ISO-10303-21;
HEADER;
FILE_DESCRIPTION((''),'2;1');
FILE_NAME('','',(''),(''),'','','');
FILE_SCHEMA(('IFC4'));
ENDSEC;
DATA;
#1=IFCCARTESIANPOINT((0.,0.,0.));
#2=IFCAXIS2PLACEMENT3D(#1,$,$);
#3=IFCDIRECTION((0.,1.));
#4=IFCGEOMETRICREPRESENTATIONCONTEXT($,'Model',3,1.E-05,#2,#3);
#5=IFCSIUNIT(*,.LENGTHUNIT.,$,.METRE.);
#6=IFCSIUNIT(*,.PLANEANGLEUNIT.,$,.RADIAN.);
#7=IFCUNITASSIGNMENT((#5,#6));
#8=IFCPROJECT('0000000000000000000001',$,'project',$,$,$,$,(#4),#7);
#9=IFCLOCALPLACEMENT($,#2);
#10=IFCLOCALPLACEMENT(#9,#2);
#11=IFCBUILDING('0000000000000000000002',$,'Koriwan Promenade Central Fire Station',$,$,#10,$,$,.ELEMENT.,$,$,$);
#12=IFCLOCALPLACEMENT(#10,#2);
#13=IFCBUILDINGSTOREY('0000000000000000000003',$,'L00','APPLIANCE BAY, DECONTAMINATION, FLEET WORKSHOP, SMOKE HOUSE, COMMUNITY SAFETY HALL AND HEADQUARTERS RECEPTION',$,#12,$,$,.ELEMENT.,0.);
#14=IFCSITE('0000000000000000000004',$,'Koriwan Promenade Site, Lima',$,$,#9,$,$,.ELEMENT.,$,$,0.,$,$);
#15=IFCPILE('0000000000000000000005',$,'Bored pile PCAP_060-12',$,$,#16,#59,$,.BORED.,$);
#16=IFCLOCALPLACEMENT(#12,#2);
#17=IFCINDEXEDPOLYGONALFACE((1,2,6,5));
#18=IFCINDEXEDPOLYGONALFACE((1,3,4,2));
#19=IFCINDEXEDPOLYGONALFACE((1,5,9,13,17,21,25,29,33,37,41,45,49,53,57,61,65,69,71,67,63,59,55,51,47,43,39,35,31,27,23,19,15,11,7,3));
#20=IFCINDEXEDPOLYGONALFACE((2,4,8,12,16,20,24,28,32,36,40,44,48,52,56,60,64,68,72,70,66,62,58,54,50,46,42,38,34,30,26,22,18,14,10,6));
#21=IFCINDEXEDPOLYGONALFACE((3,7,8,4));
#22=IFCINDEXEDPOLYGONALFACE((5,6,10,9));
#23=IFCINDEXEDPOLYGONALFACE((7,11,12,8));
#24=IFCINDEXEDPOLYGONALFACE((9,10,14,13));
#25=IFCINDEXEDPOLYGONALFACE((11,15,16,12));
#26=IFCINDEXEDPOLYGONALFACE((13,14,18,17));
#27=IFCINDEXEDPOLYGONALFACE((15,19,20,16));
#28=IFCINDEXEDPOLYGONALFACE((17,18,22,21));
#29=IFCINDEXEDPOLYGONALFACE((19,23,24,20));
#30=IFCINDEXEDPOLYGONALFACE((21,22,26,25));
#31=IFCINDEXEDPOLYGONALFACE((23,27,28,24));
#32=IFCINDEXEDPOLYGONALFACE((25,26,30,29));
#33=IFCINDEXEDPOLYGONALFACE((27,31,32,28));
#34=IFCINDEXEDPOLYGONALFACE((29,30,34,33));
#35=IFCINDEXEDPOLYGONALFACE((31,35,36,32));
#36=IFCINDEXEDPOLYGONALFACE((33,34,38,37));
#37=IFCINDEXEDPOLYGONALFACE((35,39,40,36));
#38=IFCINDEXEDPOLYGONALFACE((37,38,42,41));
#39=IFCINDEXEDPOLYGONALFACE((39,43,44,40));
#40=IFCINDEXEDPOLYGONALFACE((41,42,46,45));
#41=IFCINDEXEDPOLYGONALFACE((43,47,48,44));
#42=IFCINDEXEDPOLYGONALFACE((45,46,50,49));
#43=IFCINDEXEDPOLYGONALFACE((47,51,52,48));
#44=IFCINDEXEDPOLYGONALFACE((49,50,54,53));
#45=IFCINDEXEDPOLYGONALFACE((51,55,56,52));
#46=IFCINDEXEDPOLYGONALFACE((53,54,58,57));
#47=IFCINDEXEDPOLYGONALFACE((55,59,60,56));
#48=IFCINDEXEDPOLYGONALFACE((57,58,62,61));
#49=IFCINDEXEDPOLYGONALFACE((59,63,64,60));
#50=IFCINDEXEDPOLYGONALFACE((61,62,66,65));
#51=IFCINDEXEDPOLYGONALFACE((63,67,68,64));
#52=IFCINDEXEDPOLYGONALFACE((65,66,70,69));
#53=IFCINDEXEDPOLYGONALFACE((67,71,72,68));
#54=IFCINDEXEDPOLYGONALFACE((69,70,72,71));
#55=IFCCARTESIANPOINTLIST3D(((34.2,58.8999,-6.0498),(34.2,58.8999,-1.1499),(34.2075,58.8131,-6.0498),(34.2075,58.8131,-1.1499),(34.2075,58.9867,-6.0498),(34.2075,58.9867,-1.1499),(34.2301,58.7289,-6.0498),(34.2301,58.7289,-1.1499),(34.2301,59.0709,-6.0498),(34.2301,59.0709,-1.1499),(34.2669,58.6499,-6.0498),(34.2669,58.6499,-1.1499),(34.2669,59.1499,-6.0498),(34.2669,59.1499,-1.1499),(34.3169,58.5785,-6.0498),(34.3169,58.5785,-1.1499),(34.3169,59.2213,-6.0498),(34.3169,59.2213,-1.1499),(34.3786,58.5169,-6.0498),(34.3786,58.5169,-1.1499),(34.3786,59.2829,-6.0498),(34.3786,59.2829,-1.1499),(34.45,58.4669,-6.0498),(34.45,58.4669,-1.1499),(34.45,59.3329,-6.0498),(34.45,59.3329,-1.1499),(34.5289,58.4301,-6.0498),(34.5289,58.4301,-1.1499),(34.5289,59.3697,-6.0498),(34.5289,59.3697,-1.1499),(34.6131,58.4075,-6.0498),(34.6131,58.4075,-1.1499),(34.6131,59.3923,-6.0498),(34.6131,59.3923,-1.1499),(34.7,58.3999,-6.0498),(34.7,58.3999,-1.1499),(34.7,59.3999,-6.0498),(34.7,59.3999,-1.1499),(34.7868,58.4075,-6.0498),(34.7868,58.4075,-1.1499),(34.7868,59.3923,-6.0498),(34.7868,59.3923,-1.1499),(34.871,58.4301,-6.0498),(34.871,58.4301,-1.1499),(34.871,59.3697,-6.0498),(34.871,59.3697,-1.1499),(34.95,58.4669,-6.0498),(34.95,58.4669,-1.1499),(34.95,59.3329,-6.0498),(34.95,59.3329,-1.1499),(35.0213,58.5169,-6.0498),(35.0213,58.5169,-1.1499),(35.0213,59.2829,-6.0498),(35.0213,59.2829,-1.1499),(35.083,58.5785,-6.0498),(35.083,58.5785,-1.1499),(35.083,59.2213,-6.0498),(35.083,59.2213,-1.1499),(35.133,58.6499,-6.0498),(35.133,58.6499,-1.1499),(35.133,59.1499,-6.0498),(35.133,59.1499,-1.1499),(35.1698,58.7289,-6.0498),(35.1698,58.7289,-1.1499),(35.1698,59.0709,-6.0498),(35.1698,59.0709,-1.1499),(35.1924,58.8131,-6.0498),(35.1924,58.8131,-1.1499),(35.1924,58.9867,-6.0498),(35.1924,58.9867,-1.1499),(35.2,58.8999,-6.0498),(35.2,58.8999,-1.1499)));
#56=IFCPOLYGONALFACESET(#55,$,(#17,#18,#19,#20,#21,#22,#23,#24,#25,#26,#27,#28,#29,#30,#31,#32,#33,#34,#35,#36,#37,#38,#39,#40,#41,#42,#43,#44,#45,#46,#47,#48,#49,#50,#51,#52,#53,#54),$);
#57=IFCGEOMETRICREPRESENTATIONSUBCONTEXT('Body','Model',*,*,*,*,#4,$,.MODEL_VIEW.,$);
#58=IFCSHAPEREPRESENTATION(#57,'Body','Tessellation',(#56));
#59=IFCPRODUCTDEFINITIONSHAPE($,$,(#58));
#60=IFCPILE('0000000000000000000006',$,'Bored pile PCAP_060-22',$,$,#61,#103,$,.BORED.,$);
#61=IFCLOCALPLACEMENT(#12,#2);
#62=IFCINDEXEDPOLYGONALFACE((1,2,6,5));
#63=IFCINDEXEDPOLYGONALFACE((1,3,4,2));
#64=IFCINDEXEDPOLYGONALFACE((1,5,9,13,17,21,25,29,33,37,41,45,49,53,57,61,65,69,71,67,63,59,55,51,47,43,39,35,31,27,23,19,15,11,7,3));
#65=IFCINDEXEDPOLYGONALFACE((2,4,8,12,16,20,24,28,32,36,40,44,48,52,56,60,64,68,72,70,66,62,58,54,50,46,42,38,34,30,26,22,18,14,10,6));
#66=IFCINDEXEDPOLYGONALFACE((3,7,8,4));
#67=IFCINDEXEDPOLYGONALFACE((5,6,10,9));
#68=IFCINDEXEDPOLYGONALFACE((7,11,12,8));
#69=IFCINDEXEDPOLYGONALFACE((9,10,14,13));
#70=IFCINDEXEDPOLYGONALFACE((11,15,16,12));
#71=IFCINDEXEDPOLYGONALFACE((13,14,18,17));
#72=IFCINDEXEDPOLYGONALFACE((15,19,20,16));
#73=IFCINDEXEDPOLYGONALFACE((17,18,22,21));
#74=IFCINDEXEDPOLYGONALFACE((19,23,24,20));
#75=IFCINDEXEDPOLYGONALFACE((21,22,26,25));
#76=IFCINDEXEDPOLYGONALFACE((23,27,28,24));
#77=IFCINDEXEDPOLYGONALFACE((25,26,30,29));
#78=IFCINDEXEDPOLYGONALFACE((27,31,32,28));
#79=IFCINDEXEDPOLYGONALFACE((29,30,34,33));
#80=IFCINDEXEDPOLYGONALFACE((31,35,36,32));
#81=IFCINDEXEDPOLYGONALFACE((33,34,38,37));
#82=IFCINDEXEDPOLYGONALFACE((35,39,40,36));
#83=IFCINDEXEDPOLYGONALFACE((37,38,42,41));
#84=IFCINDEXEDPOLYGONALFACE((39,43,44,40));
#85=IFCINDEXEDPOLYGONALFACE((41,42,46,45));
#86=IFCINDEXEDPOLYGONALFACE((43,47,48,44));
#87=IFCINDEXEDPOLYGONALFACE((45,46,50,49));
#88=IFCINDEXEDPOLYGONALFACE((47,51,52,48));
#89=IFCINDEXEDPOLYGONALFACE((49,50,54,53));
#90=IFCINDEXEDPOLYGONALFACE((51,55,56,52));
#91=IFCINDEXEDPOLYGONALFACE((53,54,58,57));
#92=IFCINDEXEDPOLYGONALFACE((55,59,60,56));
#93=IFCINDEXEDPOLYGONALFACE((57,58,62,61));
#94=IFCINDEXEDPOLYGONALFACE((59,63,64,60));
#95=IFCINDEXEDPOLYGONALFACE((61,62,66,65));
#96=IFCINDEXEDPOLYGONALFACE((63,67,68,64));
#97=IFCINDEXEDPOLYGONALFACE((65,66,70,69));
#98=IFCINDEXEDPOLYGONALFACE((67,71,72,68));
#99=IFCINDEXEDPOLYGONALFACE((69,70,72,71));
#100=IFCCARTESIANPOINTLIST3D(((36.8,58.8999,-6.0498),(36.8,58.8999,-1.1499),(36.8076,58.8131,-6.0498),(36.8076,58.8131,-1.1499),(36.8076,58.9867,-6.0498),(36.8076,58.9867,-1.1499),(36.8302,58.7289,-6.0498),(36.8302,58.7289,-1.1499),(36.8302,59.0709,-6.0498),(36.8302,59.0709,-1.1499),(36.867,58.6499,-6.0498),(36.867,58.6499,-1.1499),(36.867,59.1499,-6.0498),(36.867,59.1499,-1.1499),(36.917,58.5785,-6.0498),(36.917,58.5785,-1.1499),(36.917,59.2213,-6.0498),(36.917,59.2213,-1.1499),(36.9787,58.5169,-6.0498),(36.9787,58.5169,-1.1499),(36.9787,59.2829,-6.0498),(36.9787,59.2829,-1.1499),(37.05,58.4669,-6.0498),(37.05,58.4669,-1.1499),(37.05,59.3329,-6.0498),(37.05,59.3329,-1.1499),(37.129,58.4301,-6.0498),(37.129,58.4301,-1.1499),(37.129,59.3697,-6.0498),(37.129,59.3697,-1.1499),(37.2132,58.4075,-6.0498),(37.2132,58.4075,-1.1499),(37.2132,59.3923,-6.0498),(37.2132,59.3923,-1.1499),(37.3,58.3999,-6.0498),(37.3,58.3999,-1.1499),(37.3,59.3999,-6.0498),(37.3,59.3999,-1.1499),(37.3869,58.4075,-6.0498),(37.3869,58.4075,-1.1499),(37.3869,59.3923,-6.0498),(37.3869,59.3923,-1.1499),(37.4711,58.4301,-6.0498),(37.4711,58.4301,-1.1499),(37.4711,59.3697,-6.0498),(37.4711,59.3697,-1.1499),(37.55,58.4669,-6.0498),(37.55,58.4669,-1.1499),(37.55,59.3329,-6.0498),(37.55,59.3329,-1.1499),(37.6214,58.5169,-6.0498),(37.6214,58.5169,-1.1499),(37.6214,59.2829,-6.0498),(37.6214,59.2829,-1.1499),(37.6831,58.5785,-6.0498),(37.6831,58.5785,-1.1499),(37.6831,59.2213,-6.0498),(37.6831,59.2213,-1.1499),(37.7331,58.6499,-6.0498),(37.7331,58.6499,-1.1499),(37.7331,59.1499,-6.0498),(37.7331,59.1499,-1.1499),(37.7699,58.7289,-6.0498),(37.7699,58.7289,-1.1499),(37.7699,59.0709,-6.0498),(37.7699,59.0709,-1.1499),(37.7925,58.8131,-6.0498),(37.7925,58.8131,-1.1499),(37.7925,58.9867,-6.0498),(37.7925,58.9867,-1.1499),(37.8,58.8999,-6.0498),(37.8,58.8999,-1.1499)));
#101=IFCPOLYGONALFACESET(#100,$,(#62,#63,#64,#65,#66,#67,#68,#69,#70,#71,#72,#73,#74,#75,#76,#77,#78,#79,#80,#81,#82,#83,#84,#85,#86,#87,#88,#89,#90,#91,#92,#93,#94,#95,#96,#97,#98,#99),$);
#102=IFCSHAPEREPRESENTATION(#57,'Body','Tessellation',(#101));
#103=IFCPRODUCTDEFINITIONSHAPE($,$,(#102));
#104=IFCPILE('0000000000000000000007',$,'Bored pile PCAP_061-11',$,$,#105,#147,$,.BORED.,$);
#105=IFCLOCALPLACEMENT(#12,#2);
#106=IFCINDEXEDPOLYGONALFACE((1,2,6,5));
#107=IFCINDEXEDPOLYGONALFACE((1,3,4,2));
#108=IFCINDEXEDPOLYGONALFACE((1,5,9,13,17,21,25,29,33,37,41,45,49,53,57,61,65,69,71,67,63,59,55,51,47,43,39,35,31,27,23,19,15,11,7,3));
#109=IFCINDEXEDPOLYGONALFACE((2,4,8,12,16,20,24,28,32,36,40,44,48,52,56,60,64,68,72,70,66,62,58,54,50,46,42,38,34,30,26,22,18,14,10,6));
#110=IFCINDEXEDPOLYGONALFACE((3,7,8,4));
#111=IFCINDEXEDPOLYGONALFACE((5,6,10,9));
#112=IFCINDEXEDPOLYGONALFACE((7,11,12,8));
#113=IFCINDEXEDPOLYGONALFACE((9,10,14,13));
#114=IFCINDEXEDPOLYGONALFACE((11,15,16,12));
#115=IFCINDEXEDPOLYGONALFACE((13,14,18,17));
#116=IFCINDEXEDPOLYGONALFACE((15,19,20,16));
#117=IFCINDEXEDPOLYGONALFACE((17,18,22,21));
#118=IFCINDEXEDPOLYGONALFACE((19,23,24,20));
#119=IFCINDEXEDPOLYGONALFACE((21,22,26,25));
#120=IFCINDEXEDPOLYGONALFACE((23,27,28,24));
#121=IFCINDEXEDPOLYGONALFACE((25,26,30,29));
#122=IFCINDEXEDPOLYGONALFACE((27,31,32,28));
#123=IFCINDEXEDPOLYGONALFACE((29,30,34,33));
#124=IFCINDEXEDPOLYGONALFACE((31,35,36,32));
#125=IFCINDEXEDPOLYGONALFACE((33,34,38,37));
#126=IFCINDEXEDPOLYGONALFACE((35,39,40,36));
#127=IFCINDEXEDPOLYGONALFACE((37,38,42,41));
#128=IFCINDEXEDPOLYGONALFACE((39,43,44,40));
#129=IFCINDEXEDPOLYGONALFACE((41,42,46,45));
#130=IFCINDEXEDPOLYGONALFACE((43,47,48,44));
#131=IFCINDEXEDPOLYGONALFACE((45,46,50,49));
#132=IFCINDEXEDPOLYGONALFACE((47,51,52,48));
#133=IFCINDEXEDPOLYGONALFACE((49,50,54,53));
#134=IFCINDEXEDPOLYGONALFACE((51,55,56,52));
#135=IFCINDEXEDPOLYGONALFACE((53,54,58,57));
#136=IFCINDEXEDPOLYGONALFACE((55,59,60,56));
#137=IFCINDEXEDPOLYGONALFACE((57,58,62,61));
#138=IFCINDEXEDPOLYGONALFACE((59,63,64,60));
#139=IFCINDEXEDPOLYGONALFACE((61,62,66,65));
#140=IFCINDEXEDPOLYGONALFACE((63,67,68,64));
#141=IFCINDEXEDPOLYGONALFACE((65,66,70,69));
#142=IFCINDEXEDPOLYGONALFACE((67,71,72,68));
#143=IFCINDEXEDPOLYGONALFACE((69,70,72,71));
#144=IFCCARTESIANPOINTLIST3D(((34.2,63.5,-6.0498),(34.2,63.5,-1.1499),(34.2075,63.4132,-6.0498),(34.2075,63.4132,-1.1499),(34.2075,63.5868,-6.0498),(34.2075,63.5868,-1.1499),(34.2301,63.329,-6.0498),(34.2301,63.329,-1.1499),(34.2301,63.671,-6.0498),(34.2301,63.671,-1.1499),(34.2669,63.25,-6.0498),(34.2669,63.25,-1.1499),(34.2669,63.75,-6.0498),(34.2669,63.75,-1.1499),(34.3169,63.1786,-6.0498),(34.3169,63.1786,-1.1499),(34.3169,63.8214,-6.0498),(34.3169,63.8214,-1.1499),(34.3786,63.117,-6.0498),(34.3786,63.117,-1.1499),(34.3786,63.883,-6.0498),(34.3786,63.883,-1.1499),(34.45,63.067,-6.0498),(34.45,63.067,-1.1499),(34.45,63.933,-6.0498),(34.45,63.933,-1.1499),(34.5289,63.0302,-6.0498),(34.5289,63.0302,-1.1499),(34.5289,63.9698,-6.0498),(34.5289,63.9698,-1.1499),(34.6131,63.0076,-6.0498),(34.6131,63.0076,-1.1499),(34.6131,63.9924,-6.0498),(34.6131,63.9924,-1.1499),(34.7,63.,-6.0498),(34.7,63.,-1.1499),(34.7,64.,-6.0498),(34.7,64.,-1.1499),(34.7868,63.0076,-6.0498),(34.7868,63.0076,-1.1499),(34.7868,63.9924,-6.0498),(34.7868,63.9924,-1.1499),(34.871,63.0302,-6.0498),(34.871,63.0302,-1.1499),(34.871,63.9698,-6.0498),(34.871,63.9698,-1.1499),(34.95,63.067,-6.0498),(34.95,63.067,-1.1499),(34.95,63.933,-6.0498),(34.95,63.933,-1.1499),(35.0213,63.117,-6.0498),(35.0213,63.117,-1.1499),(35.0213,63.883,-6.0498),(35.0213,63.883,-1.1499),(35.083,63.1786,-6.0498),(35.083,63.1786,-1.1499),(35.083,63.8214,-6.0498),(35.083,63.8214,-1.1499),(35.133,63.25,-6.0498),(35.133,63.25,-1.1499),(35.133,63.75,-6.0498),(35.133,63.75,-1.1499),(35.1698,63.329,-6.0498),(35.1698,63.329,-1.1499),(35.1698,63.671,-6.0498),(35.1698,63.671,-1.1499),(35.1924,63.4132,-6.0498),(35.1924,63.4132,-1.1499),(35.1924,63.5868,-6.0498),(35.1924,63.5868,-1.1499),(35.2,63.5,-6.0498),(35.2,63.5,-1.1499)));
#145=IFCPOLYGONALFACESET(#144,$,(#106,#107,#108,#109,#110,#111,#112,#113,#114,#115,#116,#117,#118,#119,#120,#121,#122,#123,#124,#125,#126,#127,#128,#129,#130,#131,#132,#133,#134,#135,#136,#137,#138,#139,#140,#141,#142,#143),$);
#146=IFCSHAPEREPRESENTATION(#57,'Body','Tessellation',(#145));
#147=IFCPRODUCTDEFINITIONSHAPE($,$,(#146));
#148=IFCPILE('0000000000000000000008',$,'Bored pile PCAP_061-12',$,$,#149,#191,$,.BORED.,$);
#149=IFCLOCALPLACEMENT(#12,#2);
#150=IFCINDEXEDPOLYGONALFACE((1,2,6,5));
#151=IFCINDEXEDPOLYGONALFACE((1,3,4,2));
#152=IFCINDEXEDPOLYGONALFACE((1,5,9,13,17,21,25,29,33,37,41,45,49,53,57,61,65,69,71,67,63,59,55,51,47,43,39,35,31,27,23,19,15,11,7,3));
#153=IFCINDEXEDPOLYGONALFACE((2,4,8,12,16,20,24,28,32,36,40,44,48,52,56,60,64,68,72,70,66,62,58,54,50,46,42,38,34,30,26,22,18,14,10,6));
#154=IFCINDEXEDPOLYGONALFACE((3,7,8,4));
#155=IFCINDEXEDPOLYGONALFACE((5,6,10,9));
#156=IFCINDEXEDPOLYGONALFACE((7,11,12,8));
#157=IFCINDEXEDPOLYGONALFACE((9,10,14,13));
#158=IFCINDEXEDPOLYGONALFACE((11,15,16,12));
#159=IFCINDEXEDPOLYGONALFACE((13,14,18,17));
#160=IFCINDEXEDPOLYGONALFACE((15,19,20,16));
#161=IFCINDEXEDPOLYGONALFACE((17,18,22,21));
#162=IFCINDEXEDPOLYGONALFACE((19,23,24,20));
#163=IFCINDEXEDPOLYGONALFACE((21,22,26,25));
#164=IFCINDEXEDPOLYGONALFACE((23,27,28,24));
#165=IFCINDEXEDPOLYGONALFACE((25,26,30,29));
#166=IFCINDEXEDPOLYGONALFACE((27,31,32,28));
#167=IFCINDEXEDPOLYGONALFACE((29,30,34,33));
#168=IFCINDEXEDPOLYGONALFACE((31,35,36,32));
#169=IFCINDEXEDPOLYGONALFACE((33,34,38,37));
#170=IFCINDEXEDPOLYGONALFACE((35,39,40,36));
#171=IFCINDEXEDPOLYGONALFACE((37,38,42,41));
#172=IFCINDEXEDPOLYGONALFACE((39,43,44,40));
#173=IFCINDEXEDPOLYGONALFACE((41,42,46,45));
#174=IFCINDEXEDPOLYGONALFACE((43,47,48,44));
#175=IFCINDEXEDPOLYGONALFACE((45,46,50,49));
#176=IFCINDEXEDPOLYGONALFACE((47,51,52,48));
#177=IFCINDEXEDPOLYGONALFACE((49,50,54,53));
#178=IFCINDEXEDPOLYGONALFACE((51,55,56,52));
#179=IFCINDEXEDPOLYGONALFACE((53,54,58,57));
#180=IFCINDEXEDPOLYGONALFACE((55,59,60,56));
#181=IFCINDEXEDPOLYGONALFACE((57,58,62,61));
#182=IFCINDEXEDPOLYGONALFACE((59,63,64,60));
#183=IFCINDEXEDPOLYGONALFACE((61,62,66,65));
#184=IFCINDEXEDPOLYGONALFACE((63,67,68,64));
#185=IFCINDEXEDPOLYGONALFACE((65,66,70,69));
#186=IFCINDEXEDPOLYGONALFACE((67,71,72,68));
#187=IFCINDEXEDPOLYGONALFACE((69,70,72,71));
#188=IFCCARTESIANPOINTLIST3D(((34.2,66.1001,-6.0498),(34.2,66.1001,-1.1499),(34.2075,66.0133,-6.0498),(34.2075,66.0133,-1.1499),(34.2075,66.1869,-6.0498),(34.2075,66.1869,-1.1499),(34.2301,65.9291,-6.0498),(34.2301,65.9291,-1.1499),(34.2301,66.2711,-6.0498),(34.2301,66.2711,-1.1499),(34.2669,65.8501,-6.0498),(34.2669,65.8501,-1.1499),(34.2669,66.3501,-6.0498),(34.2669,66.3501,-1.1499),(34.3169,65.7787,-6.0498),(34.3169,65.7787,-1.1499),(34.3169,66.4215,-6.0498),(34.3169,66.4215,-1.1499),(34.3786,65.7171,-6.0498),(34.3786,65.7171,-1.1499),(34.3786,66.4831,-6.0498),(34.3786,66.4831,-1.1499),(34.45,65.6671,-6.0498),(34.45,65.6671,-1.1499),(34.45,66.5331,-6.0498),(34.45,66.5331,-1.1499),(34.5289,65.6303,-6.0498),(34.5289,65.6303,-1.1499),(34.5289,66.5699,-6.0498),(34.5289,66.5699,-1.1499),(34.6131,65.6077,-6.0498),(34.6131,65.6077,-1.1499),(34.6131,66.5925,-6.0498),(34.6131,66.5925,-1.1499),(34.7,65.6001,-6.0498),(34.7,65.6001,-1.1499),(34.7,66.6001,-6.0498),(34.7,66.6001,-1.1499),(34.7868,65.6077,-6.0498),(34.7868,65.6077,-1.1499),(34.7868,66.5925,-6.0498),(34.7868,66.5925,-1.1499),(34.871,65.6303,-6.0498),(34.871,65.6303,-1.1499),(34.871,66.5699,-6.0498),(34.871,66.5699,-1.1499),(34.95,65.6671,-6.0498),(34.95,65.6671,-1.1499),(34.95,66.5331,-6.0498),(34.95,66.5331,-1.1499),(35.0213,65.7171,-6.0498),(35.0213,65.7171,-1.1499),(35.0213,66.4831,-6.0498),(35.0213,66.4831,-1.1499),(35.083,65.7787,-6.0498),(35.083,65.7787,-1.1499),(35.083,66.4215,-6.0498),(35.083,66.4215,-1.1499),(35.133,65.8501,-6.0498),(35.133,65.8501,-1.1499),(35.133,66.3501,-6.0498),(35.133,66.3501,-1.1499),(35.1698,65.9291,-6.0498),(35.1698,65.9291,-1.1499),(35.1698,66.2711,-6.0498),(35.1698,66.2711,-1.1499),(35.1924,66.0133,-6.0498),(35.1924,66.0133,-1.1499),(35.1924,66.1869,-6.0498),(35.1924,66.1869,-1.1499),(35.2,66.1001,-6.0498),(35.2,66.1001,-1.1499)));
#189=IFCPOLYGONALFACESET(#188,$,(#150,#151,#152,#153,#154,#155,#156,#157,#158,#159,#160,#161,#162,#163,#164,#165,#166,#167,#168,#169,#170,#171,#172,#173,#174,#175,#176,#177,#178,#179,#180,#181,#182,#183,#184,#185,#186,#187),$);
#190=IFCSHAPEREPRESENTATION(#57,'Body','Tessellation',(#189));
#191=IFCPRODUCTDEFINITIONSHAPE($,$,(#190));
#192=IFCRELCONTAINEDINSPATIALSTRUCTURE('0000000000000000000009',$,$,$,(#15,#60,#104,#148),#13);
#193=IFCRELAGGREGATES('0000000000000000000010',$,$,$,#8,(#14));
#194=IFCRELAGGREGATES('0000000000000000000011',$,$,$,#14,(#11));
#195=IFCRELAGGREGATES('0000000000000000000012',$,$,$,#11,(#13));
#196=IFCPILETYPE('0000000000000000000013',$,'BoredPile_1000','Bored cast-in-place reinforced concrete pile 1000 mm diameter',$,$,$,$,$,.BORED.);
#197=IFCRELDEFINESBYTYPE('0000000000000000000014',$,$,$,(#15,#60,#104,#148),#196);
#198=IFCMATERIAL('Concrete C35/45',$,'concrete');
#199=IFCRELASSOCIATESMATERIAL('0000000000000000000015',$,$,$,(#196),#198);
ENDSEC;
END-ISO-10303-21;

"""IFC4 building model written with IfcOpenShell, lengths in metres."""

from ifc_helpers import new_model, si_unit, direction, frame, origin, origin_2d, place, context, subcontext, project, spatial, circle, extrude, material, material_profile, profile_set, type_object, element, save


model = new_model("IFC4")

# Units and contexts
model_context = context("Model", 3, precision=1e-05, world=origin(), true_north=direction((0.0, 1.0)))
body_context = subcontext(model_context, "Body", "Model", "MODEL_VIEW")
ifc_project = project(units=[si_unit("LENGTHUNIT", "METRE"), si_unit("PLANEANGLEUNIT", "RADIAN")], contexts=[model_context])

# Site, building, storey
site_placement = place(None, origin())
site = spatial("IfcSite", under=ifc_project, at=site_placement, Name="Koriwan Promenade Site, Lima", CompositionType="ELEMENT", RefElevation=0.0)
building_placement = place(site_placement, origin())
building = spatial("IfcBuilding", under=site, at=building_placement, Name="Koriwan Promenade Central Fire Station", CompositionType="ELEMENT")
storey_placement = place(building_placement, origin())
storey = spatial("IfcBuildingStorey", under=building, at=storey_placement, Name="L00", Description="APPLIANCE BAY, DECONTAMINATION, FLEET WORKSHOP, SMOKE HOUSE, COMMUNITY SAFETY HALL AND HEADQUARTERS RECEPTION", CompositionType="ELEMENT", Elevation=0.0)

# Piles
ifc_material_1 = material(Name="Concrete C35/45", Category="concrete")
ifc_material_profile_1 = material_profile(ifc_material_1, circle(Radius=0.5, at=origin_2d()), Name="PILE-D1000")
ifc_profile_set_1 = profile_set([ifc_material_profile_1], Name="Concrete C35/45")
pile_type = type_object("IfcPileType", Name="BoredPile_1000", Description="Bored cast-in-place reinforced concrete pile 1000 mm diameter", PredefinedType="BORED", material=ifc_profile_set_1)
for number, where, z_axis, x_axis, name in (
    (1, (34.7, 58.8999, -1.1499), (0.0, 0.0, -1.0), (1.0, 0.0, 0.0), "Bored pile PCAP_060-12"),
    (2, (37.3, 58.8999, -1.1499), (0.0, 0.0, -1.0), (1.0, 0.0, 0.0), "Bored pile PCAP_060-22"),
    (3, (34.7, 63.5, -1.1499), (0.0, 0.0, -1.0), (1.0, 0.0, 0.0), "Bored pile PCAP_061-11"),
    (4, (34.7, 66.1001, -1.1499), (0.0, 0.0, -1.0), (1.0, 0.0, 0.0), "Bored pile PCAP_061-12"),
):
    element("IfcPile", number, at=place(storey_placement, frame(where, z_axis=z_axis, x_axis=x_axis)), inside=storey, type_object=pile_type, Name=name, PredefinedType="BORED", context=body_context, shape_type="SweptSolid", body=[
        extrude(circle(Radius=0.5, at=origin_2d()), origin(), (0.0, 0.0, 1.0), 4.8999),
    ])

save(model, "model.ifc")
